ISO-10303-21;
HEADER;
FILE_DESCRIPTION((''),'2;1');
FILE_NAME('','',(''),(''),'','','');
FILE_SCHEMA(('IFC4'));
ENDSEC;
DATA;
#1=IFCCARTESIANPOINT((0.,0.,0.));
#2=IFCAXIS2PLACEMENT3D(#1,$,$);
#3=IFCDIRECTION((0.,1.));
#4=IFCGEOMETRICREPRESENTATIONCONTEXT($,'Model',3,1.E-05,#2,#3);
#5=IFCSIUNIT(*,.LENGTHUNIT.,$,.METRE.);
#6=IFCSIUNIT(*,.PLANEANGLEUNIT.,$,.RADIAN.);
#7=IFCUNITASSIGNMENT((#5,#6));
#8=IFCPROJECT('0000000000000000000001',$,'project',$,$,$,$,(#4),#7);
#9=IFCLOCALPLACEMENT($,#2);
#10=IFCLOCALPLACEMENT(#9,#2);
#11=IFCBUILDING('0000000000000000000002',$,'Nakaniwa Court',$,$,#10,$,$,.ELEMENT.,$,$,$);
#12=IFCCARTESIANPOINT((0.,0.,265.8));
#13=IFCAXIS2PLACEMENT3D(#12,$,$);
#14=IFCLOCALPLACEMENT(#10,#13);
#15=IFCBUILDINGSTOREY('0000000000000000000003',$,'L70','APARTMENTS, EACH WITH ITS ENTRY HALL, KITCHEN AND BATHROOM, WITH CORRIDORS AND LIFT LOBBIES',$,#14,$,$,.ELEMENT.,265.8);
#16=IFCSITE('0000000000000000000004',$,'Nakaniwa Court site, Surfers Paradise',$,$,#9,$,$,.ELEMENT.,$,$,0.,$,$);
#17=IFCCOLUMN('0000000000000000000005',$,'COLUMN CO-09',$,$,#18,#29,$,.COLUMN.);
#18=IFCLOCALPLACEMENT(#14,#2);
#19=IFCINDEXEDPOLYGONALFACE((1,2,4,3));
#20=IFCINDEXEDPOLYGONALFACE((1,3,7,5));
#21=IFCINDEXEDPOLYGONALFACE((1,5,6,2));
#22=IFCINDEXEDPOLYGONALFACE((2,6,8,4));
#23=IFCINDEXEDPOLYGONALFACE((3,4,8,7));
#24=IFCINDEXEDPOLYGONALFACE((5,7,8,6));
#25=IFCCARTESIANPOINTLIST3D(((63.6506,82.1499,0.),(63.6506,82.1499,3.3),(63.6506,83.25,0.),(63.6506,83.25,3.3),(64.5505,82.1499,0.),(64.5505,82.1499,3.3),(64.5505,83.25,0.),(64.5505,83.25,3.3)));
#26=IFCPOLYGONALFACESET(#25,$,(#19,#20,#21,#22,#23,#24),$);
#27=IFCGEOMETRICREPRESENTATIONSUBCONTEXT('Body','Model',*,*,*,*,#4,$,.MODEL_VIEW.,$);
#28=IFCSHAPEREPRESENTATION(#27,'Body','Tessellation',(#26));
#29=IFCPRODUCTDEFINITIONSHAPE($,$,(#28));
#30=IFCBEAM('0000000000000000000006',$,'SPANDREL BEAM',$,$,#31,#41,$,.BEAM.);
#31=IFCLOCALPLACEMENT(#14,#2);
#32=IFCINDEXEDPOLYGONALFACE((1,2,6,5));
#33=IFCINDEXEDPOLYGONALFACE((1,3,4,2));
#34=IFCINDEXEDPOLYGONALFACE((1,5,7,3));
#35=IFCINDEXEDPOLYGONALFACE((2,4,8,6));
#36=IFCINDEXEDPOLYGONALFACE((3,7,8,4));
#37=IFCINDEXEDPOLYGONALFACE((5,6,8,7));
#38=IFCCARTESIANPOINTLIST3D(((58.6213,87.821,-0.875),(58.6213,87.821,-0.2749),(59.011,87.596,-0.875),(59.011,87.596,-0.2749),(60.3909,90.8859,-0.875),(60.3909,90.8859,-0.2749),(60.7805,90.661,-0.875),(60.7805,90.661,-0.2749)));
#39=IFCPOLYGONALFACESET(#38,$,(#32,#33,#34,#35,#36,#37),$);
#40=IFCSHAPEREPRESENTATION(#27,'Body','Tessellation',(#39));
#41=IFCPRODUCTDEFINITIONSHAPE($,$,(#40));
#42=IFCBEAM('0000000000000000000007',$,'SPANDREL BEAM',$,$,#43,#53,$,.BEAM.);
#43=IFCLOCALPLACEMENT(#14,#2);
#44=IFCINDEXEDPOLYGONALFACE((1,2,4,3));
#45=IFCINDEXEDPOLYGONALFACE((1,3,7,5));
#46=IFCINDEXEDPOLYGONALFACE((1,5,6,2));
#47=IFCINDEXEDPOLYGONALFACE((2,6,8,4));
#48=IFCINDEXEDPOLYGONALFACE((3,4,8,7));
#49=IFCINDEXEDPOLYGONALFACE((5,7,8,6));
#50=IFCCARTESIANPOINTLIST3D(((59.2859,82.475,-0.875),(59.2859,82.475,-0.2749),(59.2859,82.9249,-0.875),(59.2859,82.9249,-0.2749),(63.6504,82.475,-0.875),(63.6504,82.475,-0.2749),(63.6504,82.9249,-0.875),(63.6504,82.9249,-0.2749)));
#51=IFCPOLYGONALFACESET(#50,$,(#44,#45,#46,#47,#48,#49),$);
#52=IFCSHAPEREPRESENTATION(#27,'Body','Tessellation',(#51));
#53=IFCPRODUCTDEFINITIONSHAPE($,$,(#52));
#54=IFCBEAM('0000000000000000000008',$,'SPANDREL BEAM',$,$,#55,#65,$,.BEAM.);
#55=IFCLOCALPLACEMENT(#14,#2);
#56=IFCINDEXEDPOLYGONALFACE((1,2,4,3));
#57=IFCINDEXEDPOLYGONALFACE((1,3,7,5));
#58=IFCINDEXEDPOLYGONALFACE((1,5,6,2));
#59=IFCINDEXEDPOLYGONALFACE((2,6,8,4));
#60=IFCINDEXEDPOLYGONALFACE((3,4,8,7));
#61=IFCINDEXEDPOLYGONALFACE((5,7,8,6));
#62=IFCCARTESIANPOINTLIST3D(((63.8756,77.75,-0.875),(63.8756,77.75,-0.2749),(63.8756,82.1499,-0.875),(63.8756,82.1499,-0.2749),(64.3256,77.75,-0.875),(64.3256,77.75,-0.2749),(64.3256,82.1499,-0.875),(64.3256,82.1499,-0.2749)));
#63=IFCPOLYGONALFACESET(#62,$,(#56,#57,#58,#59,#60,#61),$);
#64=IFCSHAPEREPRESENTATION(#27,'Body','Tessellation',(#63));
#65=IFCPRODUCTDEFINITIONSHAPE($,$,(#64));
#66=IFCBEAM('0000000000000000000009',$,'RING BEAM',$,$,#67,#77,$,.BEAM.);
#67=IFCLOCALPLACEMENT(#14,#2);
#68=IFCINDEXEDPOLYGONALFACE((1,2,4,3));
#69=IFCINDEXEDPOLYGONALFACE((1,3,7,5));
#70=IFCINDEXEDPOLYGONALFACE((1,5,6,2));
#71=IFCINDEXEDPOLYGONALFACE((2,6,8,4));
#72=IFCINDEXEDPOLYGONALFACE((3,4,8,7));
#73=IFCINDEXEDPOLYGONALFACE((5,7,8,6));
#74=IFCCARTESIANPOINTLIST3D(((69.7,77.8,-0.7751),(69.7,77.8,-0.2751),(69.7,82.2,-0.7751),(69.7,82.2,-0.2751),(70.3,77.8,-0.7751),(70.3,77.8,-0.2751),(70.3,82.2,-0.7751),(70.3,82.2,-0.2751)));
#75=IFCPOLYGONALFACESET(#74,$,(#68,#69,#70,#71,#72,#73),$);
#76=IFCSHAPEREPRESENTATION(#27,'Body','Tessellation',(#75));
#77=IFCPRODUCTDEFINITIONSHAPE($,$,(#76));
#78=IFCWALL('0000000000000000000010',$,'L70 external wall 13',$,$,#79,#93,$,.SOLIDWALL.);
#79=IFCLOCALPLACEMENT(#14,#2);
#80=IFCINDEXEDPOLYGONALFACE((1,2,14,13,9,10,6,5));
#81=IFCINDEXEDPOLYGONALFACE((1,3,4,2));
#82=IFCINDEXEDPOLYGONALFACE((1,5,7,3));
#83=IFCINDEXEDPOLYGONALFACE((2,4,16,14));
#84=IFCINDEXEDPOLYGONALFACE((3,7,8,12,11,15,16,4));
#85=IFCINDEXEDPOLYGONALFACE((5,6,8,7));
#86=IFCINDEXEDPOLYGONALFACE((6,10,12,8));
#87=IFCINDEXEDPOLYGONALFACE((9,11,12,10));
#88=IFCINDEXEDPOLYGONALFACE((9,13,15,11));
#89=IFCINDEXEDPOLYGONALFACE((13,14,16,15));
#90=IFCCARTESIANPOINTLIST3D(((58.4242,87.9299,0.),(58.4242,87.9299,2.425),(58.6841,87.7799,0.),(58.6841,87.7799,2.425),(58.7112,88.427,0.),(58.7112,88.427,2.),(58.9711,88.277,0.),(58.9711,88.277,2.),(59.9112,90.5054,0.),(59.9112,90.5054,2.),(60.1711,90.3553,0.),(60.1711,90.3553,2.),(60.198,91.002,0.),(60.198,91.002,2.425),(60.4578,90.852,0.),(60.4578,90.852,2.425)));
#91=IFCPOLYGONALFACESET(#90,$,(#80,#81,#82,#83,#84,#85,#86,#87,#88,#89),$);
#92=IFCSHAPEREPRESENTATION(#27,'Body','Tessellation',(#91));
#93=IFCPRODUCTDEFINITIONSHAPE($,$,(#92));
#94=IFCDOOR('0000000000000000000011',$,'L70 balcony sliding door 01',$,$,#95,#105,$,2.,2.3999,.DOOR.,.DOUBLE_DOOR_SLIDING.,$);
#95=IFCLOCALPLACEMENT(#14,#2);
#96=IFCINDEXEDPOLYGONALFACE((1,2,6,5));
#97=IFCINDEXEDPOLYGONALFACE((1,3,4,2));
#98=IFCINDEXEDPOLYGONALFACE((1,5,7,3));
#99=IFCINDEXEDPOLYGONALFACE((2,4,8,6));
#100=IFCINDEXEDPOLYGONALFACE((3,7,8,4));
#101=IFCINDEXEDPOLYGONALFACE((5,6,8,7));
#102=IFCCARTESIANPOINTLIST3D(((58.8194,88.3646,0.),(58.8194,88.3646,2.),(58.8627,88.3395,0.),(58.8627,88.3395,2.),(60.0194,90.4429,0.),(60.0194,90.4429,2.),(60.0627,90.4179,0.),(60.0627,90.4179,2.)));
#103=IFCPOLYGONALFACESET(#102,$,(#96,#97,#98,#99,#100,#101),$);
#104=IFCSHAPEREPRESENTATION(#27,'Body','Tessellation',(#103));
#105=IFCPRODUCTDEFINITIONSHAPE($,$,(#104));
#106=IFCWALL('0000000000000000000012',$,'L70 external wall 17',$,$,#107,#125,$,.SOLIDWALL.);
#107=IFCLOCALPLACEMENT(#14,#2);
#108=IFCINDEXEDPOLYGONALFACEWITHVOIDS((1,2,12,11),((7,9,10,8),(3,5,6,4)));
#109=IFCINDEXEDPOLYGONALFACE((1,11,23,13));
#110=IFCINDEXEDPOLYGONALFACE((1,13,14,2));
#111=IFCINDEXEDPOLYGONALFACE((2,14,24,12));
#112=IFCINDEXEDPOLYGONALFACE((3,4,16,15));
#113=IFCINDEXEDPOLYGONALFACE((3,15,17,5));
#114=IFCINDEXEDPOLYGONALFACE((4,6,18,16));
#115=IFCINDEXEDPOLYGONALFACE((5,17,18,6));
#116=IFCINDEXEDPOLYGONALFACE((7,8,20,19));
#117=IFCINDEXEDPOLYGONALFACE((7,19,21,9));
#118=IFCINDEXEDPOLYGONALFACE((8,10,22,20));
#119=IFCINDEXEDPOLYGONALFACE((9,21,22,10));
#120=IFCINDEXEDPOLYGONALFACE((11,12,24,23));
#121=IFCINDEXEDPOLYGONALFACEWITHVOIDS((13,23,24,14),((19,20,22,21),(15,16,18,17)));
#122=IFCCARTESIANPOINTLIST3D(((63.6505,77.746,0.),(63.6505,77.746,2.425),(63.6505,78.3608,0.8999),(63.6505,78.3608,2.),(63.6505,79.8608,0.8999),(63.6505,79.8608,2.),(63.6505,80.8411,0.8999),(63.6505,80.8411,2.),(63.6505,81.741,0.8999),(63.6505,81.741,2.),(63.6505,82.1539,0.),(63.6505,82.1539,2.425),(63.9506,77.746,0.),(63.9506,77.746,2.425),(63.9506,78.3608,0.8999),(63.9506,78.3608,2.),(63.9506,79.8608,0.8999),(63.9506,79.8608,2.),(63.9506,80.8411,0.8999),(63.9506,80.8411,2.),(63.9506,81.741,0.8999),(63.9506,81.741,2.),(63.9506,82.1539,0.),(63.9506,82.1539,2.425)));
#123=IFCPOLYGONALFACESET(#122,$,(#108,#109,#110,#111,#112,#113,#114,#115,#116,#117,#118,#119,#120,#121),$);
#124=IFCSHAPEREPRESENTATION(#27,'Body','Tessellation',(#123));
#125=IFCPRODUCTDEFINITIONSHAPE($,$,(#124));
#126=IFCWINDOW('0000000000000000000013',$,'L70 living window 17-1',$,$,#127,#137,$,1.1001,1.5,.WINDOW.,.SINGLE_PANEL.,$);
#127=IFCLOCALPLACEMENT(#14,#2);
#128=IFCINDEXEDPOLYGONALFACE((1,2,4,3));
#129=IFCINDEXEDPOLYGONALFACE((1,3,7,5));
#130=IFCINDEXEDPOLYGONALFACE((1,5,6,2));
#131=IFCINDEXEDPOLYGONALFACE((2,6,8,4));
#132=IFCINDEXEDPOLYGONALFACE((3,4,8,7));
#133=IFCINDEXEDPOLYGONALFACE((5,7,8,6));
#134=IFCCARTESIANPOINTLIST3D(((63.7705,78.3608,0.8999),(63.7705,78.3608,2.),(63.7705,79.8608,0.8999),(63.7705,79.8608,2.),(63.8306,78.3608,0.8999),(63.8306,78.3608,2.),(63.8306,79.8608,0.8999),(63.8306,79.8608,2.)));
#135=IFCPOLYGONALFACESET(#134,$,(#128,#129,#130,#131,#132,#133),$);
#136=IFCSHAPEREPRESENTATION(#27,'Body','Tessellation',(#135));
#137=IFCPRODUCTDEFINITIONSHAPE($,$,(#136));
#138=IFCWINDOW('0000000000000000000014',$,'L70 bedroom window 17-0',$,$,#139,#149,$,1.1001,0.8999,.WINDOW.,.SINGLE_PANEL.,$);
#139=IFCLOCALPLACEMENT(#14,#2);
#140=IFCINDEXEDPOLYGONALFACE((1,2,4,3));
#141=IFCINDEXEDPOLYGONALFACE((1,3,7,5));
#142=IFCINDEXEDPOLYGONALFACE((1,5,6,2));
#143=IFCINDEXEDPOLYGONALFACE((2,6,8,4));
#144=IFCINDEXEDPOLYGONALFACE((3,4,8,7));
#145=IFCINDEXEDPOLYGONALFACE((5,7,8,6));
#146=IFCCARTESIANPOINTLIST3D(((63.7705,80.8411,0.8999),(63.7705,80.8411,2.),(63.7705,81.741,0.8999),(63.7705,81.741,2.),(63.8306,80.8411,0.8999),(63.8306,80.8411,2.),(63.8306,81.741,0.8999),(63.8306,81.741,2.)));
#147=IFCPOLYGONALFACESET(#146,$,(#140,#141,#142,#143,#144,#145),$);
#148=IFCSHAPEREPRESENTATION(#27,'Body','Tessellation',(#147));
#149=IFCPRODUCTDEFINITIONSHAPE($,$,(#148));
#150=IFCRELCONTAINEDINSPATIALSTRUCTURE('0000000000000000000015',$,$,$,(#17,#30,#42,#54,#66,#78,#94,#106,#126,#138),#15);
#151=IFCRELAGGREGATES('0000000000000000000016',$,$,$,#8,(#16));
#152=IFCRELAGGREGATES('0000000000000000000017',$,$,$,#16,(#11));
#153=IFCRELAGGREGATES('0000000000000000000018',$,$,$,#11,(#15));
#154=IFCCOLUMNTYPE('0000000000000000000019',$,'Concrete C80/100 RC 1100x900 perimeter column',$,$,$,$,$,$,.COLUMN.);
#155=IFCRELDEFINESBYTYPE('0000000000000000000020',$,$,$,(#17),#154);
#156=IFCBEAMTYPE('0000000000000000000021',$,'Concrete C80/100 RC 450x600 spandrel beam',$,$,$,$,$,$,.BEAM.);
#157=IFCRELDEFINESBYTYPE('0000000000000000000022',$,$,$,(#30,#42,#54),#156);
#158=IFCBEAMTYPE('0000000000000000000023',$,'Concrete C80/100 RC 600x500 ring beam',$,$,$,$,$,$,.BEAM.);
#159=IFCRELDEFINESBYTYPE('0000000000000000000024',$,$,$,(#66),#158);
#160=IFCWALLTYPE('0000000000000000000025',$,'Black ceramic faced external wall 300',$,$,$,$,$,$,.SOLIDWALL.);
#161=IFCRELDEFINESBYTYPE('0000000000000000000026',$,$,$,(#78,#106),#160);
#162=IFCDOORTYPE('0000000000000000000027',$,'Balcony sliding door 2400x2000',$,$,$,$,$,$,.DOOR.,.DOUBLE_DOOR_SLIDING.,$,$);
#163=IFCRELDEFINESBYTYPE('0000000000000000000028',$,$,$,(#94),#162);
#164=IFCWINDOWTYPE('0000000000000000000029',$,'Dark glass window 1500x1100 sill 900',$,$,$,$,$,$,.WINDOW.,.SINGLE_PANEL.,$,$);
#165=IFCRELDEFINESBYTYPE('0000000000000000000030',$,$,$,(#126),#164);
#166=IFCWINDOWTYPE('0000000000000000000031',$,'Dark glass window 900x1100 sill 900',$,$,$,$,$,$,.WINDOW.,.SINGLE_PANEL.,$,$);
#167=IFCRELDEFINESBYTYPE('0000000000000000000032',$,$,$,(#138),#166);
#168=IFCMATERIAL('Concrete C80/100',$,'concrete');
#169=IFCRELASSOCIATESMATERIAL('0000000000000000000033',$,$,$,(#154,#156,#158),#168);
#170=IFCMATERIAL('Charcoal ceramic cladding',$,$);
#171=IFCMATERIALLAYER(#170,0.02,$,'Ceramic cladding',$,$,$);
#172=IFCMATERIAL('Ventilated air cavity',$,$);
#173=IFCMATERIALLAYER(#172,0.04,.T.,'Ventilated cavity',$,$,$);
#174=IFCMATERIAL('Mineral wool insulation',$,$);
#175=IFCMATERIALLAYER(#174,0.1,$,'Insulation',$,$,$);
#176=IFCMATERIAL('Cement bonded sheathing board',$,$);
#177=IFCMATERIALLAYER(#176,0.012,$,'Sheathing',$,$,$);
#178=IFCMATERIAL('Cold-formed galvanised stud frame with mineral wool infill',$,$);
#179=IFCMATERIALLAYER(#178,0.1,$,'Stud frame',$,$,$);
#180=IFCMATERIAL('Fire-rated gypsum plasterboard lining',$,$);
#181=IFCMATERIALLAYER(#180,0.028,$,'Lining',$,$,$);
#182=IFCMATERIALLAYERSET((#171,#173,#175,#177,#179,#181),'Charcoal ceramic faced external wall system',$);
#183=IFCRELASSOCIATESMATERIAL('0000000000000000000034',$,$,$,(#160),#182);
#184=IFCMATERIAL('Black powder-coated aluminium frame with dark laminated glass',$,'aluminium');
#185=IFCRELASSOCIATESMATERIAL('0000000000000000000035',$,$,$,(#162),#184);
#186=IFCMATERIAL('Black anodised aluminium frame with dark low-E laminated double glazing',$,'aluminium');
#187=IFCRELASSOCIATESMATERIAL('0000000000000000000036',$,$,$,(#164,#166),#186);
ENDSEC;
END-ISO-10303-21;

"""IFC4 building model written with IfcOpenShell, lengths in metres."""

from ifc_helpers import new_model, si_unit, direction, frame, frame_2d, origin, origin_2d, place, context, subcontext, project, spatial, rectangle, extrude, material, layer, layer_set, material_profile, profile_set, type_object, element, fill, save


model = new_model("IFC4")

# Units and contexts
model_context = context("Model", 3, precision=1e-05, world=origin(), true_north=direction((0.0, 1.0)))
body_context = subcontext(model_context, "Body", "Model", "MODEL_VIEW")
ifc_project = project(units=[si_unit("LENGTHUNIT", "METRE"), si_unit("PLANEANGLEUNIT", "RADIAN")], contexts=[model_context])

# Site, building, storey
site_placement = place(None, origin())
site = spatial("IfcSite", under=ifc_project, at=site_placement, Name="Nakaniwa Court site, Surfers Paradise", CompositionType="ELEMENT", RefElevation=0.0)
building_placement = place(site_placement, origin())
building = spatial("IfcBuilding", under=site, at=building_placement, Name="Nakaniwa Court", CompositionType="ELEMENT")
storey_placement = place(building_placement, frame((0.0, 0.0, 265.8)))
storey = spatial("IfcBuildingStorey", under=building, at=storey_placement, Name="L70", Description="APARTMENTS, EACH WITH ITS ENTRY HALL, KITCHEN AND BATHROOM, WITH CORRIDORS AND LIFT LOBBIES", CompositionType="ELEMENT", Elevation=265.8)

# Column
ifc_material_1 = material(Name="Concrete C80/100", Category="concrete")
ifc_material_profile_1 = material_profile(ifc_material_1, rectangle(XDim=1.1001, YDim=0.8999, at=origin_2d()), Name="Concrete C80/100 RC 1100x900 perimeter column")
ifc_profile_set_1 = profile_set([ifc_material_profile_1], Name="Concrete C80/100")
column_type = type_object("IfcColumnType", Name="Concrete C80/100 RC 1100x900 perimeter column", PredefinedType="COLUMN", material=ifc_profile_set_1)
column_placement = place(storey_placement, frame((64.1006, 82.7, 0.0), z_axis=(0.0, 0.0, 1.0), x_axis=(0.0, -1.0, 0.0)))
element("IfcColumn", 1, at=column_placement, inside=storey, type_object=column_type, Name="COLUMN CO-09", PredefinedType="COLUMN", context=body_context, shape_type="SweptSolid", body=[
    extrude(rectangle(XDim=1.1001, YDim=0.8999, at=origin_2d()), origin(), (0.0, 0.0, 1.0), 3.3),
])

# Beams
ifc_material_profile_2 = material_profile(ifc_material_1, rectangle(XDim=0.45, YDim=0.6001, at=origin_2d()), Name="Concrete C80/100 RC 450x600 spandrel beam")
ifc_profile_set_2 = profile_set([ifc_material_profile_2], Name="Concrete C80/100")
beam_type_1 = type_object("IfcBeamType", Name="Concrete C80/100 RC 450x600 spandrel beam", PredefinedType="BEAM", material=ifc_profile_set_2)
beam_1_placement = place(storey_placement, frame((60.5857, 90.7734, -0.575), z_axis=(-0.499997, -0.866027, 0.0), x_axis=(0.866027, -0.499997, 0.0)))
element("IfcBeam", 2, at=beam_1_placement, inside=storey, type_object=beam_type_1, Name="SPANDREL BEAM", PredefinedType="BEAM", context=body_context, shape_type="SweptSolid", body=[
    extrude(rectangle(XDim=0.45, YDim=0.6001, at=origin_2d()), origin(), (0.0, 0.0, 1.0), 3.5391),
])
beam_2_placement = place(storey_placement, frame((59.2859, 82.7, -0.575), z_axis=(1.0, 0.0, 0.0), x_axis=(0.0, 1.0, 0.0)))
element("IfcBeam", 3, at=beam_2_placement, inside=storey, type_object=beam_type_1, Name="SPANDREL BEAM", PredefinedType="BEAM", context=body_context, shape_type="SweptSolid", body=[
    extrude(rectangle(XDim=0.45, YDim=0.6001, at=origin_2d()), origin(), (0.0, 0.0, 1.0), 4.3645),
])
beam_3_placement = place(storey_placement, frame((64.1006, 82.1499, -0.575), z_axis=(0.0, -1.0, 0.0), x_axis=(1.0, 0.0, 0.0)))
element("IfcBeam", 4, at=beam_3_placement, inside=storey, type_object=beam_type_1, Name="SPANDREL BEAM", PredefinedType="BEAM", context=body_context, shape_type="SweptSolid", body=[
    extrude(rectangle(XDim=0.45, YDim=0.6001, at=origin_2d()), origin(), (0.0, 0.0, 1.0), 4.3999),
])
ifc_material_profile_3 = material_profile(ifc_material_1, rectangle(XDim=0.6001, YDim=0.5, at=origin_2d()), Name="Concrete C80/100 RC 600x500 ring beam")
ifc_profile_set_3 = profile_set([ifc_material_profile_3], Name="Concrete C80/100")
beam_type_2 = type_object("IfcBeamType", Name="Concrete C80/100 RC 600x500 ring beam", PredefinedType="BEAM", material=ifc_profile_set_3)
beam_4_placement = place(storey_placement, frame((70.0, 82.2, -0.5251), z_axis=(0.0, -1.0, 0.0), x_axis=(1.0, 0.0, 0.0)))
element("IfcBeam", 5, at=beam_4_placement, inside=storey, type_object=beam_type_2, Name="RING BEAM", PredefinedType="BEAM", context=body_context, shape_type="SweptSolid", body=[
    extrude(rectangle(XDim=0.6001, YDim=0.5, at=origin_2d()), origin(), (0.0, 0.0, 1.0), 4.3999),
])

# Wall, opening, door
ifc_material_2 = material(Name="Charcoal ceramic cladding")
ifc_layer_1 = layer(ifc_material_2, 0.02, Name="Ceramic cladding")
ifc_material_3 = material(Name="Ventilated air cavity")
ifc_layer_2 = layer(ifc_material_3, 0.04, ventilated=True, Name="Ventilated cavity")
ifc_material_4 = material(Name="Mineral wool insulation")
ifc_layer_3 = layer(ifc_material_4, 0.1, Name="Insulation")
ifc_material_5 = material(Name="Cement bonded sheathing board")
ifc_layer_4 = layer(ifc_material_5, 0.012, Name="Sheathing")
ifc_material_6 = material(Name="Cold-formed galvanised stud frame with mineral wool infill")
ifc_layer_5 = layer(ifc_material_6, 0.1, Name="Stud frame")
ifc_material_7 = material(Name="Fire-rated gypsum plasterboard lining")
ifc_layer_6 = layer(ifc_material_7, 0.028, Name="Lining")
ifc_layer_set_1 = layer_set([ifc_layer_1, ifc_layer_2, ifc_layer_3, ifc_layer_4, ifc_layer_5, ifc_layer_6], Name="Charcoal ceramic faced external wall system")
wall_type_1 = type_object("IfcWallType", Name="Black ceramic faced external wall 300", PredefinedType="SOLIDWALL", material=ifc_layer_set_1)
wall_1_placement = place(storey_placement, frame((60.3279, 90.927, 0.0), z_axis=(0.0, 0.0, 1.0), x_axis=(-0.50001, -0.866019, 0.0)))
wall_1 = element("IfcWall", 6, at=wall_1_placement, inside=storey, type_object=wall_type_1, Name="L70 external wall 13", PredefinedType="SOLIDWALL", context=body_context, shape_type="SweptSolid", body=[
    extrude(rectangle(XDim=3.5474, YDim=0.3, at=frame_2d((1.7737, 0.0))), origin(), (0.0, 0.0, 1.0), 2.425),
])
opening_1_placement = place(wall_1_placement, frame((0.5735, 0.0, 0.0)))
opening_1 = element("IfcOpeningElement", 7, at=opening_1_placement, cuts=wall_1, PredefinedType="OPENING", context=body_context, shape_type="SweptSolid", body=[
    extrude(rectangle(XDim=2.3999, YDim=2.0, at=frame_2d((1.2, 1.0))), frame((0.0, 0.1599, 0.0), z_axis=(0.0, -1.0, 0.0), x_axis=(1.0, 0.0, 0.0)), (0.0, 0.0, 1.0), 0.3201),
])
ifc_material_8 = material(Name="Black powder-coated aluminium frame with dark laminated glass", Category="aluminium")
door_type_1 = type_object("IfcDoorType", Name="Balcony sliding door 2400x2000", OperationType="DOUBLE_DOOR_SLIDING", PredefinedType="DOOR", material=ifc_material_8)
door_1_placement = place(opening_1_placement, origin())
door_1 = element("IfcDoor", 8, at=door_1_placement, inside=storey, type_object=door_type_1, Name="L70 balcony sliding door 01", OperationType="DOUBLE_DOOR_SLIDING", OverallHeight=2.0, OverallWidth=2.3999, PredefinedType="DOOR", context=body_context, shape_type="SweptSolid", body=[
    extrude(rectangle(XDim=2.3999, YDim=2.0, at=frame_2d((1.2, 1.0))), frame((0.0, 0.0249, 0.0), z_axis=(0.0, -1.0, 0.0), x_axis=(1.0, 0.0, 0.0)), (0.0, 0.0, 1.0), 0.05),
])
fill(opening_1, door_1)

# Wall, openings, windows
wall_2_placement = place(storey_placement, frame((63.8005, 82.1541, 0.0), z_axis=(0.0, 0.0, 1.0), x_axis=(0.0, -1.0, 0.0)))
wall_2 = element("IfcWall", 9, at=wall_2_placement, inside=storey, type_object=wall_type_1, Name="L70 external wall 17", PredefinedType="SOLIDWALL", context=body_context, shape_type="SweptSolid", body=[
    extrude(rectangle(XDim=4.408, YDim=0.3, at=frame_2d((2.2041, 0.0))), origin(), (0.0, 0.0, 1.0), 2.425),
])
opening_2_placement = place(wall_2_placement, frame((0.4131, 0.0, 0.8999)))
opening_2 = element("IfcOpeningElement", 10, at=opening_2_placement, cuts=wall_2, PredefinedType="OPENING", context=body_context, shape_type="SweptSolid", body=[
    extrude(rectangle(XDim=0.8999, YDim=1.1001, at=frame_2d((0.45, 0.55))), frame((0.0, 0.1599, 0.0), z_axis=(0.0, -1.0, 0.0), x_axis=(1.0, 0.0, 0.0)), (0.0, 0.0, 1.0), 0.3201),
])
opening_3_placement = place(wall_2_placement, frame((2.2932, 0.0, 0.8999)))
opening_3 = element("IfcOpeningElement", 11, at=opening_3_placement, cuts=wall_2, PredefinedType="OPENING", context=body_context, shape_type="SweptSolid", body=[
    extrude(rectangle(XDim=1.5, YDim=1.1001, at=frame_2d((0.75, 0.55))), frame((0.0, 0.1599, 0.0), z_axis=(0.0, -1.0, 0.0), x_axis=(1.0, 0.0, 0.0)), (0.0, 0.0, 1.0), 0.3201),
])
ifc_material_9 = material(Name="Black anodised aluminium frame with dark low-E laminated double glazing", Category="aluminium")
window_type_1 = type_object("IfcWindowType", Name="Dark glass window 1500x1100 sill 900", PartitioningType="SINGLE_PANEL", PredefinedType="WINDOW", material=ifc_material_9)
window_1_placement = place(opening_3_placement, origin())
window_1 = element("IfcWindow", 12, at=window_1_placement, inside=storey, type_object=window_type_1, Name="L70 living window 17-1", OverallHeight=1.1001, OverallWidth=1.5, PartitioningType="SINGLE_PANEL", PredefinedType="WINDOW", context=body_context, shape_type="SweptSolid", body=[
    extrude(rectangle(XDim=1.5, YDim=1.1001, at=frame_2d((0.75, 0.55))), frame((0.0, 0.03, 0.0), z_axis=(0.0, -1.0, 0.0), x_axis=(1.0, 0.0, 0.0)), (0.0, 0.0, 1.0), 0.0601),
])
fill(opening_3, window_1)
window_type_2 = type_object("IfcWindowType", Name="Dark glass window 900x1100 sill 900", PartitioningType="SINGLE_PANEL", PredefinedType="WINDOW", material=ifc_material_9)
window_2_placement = place(opening_2_placement, origin())
window_2 = element("IfcWindow", 13, at=window_2_placement, inside=storey, type_object=window_type_2, Name="L70 bedroom window 17-0", OverallHeight=1.1001, OverallWidth=0.8999, PartitioningType="SINGLE_PANEL", PredefinedType="WINDOW", context=body_context, shape_type="SweptSolid", body=[
    extrude(rectangle(XDim=0.8999, YDim=1.1001, at=frame_2d((0.45, 0.55))), frame((0.0, 0.03, 0.0), z_axis=(0.0, -1.0, 0.0), x_axis=(1.0, 0.0, 0.0)), (0.0, 0.0, 1.0), 0.0601),
])
fill(opening_2, window_2)

save(model, "model.ifc")
